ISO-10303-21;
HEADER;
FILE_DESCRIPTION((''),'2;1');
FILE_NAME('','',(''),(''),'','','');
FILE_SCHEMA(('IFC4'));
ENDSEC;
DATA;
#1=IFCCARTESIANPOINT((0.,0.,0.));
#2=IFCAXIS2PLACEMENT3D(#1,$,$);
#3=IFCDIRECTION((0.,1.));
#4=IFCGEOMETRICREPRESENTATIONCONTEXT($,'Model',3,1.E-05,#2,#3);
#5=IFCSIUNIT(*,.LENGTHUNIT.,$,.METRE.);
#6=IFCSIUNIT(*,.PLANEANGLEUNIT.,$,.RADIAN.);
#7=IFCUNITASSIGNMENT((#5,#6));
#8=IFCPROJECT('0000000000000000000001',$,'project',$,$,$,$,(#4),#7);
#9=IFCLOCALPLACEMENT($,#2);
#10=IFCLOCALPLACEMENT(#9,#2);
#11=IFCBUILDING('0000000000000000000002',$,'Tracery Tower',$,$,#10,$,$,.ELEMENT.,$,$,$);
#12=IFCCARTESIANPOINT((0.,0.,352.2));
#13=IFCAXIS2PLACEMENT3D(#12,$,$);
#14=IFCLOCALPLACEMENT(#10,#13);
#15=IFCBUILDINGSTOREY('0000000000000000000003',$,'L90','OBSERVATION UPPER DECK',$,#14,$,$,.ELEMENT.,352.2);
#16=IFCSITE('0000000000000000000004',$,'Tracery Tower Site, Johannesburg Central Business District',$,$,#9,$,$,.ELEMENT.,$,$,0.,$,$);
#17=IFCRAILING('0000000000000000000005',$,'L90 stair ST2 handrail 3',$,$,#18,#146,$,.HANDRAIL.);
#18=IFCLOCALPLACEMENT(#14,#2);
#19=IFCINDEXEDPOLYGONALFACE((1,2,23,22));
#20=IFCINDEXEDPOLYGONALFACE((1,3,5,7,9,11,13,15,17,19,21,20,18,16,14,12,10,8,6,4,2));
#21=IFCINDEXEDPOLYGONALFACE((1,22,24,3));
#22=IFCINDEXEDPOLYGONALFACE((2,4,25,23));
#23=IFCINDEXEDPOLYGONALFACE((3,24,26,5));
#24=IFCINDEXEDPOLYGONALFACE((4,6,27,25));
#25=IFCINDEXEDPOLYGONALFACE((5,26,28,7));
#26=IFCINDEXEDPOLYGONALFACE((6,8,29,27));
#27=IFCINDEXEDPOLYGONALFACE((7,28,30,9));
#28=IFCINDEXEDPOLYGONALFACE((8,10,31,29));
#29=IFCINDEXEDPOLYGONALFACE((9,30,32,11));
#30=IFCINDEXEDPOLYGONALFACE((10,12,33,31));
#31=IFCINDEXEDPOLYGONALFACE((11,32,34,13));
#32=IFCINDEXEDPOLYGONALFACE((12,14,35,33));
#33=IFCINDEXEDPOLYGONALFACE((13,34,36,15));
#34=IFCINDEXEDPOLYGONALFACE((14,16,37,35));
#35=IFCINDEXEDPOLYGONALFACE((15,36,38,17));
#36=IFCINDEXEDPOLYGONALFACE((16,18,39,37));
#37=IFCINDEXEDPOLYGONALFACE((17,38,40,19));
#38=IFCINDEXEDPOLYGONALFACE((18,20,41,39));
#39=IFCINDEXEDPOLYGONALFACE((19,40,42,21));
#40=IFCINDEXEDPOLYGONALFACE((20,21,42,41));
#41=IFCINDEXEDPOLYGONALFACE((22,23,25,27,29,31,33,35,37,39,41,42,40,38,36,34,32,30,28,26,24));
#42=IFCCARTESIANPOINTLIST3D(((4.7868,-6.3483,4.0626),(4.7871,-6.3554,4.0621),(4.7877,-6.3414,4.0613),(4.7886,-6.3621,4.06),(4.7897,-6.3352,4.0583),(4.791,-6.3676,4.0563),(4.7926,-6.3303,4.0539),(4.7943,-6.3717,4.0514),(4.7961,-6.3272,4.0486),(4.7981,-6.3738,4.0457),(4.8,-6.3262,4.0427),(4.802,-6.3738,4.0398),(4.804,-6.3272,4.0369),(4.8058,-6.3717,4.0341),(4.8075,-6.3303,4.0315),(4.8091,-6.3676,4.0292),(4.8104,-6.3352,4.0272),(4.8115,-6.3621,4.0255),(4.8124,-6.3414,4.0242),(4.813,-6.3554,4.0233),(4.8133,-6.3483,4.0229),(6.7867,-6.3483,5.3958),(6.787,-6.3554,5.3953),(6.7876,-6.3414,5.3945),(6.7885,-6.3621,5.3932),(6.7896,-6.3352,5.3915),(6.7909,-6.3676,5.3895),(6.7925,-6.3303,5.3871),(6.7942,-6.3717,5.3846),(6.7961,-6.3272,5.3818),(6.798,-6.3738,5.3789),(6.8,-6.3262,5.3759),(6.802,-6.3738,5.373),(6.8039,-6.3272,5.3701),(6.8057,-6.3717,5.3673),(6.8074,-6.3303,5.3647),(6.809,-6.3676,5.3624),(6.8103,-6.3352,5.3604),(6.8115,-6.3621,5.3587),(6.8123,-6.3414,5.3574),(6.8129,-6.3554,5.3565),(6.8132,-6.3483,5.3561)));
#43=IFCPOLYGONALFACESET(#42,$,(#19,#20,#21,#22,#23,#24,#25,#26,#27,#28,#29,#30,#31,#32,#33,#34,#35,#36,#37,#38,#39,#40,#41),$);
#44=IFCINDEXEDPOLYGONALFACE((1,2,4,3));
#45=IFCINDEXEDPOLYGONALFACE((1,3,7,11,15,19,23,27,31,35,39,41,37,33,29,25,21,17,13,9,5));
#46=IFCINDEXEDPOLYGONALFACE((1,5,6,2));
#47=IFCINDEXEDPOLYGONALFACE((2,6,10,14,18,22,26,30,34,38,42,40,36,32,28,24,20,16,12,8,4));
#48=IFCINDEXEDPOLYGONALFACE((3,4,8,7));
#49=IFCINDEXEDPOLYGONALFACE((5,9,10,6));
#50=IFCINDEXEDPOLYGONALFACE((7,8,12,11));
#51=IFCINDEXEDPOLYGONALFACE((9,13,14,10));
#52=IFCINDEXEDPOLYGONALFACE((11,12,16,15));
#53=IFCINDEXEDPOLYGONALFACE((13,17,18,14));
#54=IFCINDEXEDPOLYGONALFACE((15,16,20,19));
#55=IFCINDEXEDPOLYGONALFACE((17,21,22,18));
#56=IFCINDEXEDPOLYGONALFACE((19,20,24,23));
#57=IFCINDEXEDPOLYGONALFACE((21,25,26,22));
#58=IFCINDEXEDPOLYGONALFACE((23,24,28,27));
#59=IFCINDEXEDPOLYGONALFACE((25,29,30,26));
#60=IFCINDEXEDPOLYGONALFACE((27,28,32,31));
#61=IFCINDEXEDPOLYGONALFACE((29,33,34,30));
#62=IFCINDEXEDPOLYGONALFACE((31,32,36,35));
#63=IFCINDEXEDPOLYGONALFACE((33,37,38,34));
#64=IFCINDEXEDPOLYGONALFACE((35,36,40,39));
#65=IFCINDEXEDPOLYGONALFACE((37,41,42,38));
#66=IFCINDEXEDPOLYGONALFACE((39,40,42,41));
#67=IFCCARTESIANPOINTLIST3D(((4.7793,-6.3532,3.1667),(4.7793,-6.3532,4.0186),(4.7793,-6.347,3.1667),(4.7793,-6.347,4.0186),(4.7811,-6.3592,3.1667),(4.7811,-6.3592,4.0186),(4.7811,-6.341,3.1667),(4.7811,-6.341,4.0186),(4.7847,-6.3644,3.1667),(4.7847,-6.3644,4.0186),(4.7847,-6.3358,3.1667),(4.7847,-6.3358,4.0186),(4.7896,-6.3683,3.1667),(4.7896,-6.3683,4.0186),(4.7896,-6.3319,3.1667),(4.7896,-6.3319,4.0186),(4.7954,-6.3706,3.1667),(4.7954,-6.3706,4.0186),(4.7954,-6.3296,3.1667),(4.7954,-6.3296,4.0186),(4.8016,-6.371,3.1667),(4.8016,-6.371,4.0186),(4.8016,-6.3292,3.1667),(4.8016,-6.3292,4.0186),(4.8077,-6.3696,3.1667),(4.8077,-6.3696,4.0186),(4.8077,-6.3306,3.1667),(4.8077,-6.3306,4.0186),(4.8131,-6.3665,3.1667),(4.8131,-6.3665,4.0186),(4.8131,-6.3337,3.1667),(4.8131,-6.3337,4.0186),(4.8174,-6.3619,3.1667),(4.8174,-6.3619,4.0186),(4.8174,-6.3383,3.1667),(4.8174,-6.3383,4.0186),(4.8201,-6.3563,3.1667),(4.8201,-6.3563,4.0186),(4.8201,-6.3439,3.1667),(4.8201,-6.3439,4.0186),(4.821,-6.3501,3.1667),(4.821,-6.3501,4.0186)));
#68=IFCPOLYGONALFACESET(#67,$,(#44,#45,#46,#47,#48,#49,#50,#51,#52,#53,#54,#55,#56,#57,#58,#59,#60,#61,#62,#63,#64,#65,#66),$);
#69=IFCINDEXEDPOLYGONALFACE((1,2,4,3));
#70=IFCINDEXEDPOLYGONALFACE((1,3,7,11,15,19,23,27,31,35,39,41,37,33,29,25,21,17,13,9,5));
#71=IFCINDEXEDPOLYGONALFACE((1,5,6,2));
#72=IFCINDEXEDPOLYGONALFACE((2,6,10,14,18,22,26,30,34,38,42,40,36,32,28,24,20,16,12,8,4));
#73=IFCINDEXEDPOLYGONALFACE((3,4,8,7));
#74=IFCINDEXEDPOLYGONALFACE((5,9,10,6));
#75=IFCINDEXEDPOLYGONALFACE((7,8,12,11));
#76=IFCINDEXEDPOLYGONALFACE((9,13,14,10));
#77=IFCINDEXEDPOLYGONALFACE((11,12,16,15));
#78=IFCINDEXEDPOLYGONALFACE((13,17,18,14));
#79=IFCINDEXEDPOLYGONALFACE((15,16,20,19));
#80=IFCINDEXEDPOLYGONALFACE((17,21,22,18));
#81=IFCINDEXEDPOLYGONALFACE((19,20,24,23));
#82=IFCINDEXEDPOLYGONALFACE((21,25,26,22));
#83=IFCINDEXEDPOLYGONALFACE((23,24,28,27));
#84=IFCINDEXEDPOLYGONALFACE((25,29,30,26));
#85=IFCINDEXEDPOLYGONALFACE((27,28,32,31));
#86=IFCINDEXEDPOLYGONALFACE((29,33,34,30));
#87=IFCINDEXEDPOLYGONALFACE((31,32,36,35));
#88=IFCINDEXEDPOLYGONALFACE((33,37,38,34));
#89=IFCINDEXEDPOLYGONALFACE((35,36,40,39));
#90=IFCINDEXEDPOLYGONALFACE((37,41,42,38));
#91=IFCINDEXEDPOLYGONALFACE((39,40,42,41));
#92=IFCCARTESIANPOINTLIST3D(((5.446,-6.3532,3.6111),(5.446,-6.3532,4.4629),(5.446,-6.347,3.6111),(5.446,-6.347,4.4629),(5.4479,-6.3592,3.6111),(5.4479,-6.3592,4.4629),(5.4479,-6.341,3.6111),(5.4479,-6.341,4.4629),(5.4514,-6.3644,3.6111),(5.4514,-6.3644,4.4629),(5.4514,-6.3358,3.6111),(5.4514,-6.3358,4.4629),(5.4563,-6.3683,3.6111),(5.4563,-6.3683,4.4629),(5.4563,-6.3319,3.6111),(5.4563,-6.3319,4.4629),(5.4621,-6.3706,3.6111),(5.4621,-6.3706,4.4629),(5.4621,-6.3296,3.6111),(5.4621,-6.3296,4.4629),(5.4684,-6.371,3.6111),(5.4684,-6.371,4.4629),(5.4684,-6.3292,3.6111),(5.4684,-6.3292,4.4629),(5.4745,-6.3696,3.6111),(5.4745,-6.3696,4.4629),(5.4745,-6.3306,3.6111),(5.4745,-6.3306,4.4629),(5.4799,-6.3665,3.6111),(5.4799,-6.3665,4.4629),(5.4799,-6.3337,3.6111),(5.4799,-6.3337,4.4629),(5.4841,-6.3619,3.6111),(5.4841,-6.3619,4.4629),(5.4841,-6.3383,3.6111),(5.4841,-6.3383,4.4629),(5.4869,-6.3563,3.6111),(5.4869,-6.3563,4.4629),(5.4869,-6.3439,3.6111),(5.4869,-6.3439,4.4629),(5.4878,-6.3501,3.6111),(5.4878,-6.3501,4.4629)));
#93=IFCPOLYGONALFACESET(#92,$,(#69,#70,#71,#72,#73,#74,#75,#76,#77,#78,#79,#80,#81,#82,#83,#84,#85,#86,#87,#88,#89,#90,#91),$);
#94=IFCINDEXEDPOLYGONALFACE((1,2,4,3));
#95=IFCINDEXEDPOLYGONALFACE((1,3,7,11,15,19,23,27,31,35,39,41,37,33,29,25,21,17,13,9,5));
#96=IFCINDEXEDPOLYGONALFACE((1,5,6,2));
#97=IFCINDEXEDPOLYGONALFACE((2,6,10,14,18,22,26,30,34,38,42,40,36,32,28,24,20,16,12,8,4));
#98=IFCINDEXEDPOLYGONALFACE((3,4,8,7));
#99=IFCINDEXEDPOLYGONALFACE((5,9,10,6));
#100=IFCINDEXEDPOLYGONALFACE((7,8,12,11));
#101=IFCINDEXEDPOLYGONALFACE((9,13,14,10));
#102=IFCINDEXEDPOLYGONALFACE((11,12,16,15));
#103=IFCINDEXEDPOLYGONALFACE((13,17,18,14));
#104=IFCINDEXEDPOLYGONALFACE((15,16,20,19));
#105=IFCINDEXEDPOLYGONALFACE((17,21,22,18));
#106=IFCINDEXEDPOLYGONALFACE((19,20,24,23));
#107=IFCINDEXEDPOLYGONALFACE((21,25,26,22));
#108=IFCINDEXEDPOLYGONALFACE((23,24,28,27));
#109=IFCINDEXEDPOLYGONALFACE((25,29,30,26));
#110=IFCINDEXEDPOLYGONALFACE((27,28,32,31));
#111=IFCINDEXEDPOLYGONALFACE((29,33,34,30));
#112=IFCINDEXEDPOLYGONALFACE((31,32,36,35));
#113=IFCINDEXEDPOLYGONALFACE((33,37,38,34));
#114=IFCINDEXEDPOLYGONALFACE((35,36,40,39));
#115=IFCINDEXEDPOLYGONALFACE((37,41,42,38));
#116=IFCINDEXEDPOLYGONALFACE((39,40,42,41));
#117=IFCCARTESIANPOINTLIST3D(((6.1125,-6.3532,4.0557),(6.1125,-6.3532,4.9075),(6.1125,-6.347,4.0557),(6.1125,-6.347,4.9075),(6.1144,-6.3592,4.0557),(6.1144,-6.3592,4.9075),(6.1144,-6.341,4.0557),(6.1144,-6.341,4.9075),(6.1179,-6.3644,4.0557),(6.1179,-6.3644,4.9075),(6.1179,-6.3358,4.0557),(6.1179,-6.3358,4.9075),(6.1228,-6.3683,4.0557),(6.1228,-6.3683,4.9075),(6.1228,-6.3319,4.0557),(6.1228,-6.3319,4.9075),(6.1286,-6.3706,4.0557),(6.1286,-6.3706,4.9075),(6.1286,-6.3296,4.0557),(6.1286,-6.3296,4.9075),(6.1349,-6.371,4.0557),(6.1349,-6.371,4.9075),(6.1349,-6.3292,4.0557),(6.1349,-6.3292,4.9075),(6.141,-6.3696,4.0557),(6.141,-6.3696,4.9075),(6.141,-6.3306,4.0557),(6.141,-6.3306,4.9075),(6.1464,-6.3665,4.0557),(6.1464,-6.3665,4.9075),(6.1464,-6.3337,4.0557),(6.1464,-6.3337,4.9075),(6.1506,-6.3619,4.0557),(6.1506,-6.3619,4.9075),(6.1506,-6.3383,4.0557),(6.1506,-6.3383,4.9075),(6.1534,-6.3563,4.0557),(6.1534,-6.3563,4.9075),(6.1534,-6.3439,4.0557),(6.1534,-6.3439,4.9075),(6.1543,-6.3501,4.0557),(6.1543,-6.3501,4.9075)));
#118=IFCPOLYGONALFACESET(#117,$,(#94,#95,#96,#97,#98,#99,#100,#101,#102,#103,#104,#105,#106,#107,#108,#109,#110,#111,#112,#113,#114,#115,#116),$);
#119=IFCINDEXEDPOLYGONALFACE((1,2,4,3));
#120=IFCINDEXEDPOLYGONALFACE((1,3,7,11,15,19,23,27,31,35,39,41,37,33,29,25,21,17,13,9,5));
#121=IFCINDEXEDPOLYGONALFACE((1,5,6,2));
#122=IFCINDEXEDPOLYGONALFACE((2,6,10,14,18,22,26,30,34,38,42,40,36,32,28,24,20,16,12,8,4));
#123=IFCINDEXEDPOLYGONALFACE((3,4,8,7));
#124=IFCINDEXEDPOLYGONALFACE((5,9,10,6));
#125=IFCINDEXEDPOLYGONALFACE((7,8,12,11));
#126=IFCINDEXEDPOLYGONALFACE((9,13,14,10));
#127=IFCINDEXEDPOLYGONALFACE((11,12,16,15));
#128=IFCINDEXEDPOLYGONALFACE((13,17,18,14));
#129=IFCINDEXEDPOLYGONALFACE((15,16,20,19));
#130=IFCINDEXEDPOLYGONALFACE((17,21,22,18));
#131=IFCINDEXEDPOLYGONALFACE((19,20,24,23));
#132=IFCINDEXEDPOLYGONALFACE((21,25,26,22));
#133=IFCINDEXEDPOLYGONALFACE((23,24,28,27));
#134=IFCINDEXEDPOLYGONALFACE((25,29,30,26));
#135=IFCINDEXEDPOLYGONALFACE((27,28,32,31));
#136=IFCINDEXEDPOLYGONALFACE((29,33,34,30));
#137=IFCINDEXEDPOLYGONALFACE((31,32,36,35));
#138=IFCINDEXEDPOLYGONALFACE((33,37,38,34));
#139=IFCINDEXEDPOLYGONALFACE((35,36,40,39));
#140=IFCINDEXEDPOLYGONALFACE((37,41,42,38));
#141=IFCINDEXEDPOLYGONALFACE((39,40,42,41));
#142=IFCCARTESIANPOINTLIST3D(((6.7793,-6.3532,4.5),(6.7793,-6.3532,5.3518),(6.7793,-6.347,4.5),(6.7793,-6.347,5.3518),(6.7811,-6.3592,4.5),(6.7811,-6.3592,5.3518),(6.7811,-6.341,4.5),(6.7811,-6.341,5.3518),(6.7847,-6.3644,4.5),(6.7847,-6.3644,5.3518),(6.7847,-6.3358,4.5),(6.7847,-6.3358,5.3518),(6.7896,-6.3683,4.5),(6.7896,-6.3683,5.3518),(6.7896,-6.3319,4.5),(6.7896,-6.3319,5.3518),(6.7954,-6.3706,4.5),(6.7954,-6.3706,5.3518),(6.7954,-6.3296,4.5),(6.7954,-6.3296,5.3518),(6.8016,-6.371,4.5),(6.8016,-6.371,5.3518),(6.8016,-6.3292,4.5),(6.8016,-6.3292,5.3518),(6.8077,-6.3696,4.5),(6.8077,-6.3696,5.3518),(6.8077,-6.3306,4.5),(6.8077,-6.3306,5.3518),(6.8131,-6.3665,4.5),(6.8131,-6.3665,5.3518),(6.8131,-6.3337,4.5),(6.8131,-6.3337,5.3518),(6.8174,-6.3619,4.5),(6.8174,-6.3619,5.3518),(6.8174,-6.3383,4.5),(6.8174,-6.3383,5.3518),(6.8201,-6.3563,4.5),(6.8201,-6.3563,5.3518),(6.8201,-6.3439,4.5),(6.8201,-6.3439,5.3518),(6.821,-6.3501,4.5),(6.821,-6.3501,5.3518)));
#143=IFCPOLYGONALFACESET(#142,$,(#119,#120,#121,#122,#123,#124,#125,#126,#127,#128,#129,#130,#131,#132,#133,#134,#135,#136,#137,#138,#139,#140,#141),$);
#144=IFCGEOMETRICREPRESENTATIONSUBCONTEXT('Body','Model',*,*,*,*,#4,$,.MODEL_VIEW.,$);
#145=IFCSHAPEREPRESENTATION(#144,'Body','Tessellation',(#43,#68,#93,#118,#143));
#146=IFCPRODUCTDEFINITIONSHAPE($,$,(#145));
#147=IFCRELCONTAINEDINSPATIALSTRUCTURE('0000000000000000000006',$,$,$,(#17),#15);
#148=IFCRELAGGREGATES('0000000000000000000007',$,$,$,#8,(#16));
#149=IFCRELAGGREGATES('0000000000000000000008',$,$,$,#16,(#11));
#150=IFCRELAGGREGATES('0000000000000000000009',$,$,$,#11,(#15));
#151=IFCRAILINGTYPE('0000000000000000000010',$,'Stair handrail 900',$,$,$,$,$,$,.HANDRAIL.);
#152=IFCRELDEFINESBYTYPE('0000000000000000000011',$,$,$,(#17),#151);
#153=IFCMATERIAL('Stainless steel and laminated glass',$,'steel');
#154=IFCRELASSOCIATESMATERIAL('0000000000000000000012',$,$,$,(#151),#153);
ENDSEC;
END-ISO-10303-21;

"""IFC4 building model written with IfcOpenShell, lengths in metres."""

from ifc_helpers import new_model, si_unit, direction, frame, origin, origin_2d, place, context, subcontext, project, spatial, circle, extrude, material, type_object, element, save


model = new_model("IFC4")

# Units and contexts
model_context = context("Model", 3, precision=1e-05, world=origin(), true_north=direction((0.0, 1.0)))
body_context = subcontext(model_context, "Body", "Model", "MODEL_VIEW")
ifc_project = project(units=[si_unit("LENGTHUNIT", "METRE"), si_unit("PLANEANGLEUNIT", "RADIAN")], contexts=[model_context])

# Site, building, storey
site_placement = place(None, origin())
site = spatial("IfcSite", under=ifc_project, at=site_placement, Name="Tracery Tower Site, Johannesburg Central Business District", CompositionType="ELEMENT", RefElevation=0.0)
building_placement = place(site_placement, origin())
building = spatial("IfcBuilding", under=site, at=building_placement, Name="Tracery Tower", CompositionType="ELEMENT")
storey_placement = place(building_placement, frame((0.0, 0.0, 352.2)))
storey = spatial("IfcBuildingStorey", under=building, at=storey_placement, Name="L90", Description="OBSERVATION UPPER DECK", CompositionType="ELEMENT", Elevation=352.2)

# Railing
ifc_material_1 = material(Name="Stainless steel and laminated glass", Category="steel")
railing_type_1 = type_object("IfcRailingType", Name="Stair handrail 900", PredefinedType="HANDRAIL", material=ifc_material_1)
railing_1_placement = place(storey_placement, frame((4.8, -6.3501, 3.1667)))
element("IfcRailing", 1, at=railing_1_placement, inside=storey, type_object=railing_type_1, Name="L90 stair ST2 handrail 3", PredefinedType="HANDRAIL", context=body_context, shape_type="SweptSolid", body=[
    extrude(circle(Radius=0.0239, at=origin_2d()), frame((0.0, 0.0, 0.876), z_axis=(0.832066, 0.0, 0.554677), x_axis=(0.0, 1.0, 0.0)), (0.0, 0.0, 1.0), 2.4036),
    extrude(circle(Radius=0.021, at=origin_2d()), origin(), (0.0, 0.0, 1.0), 0.8518),
    extrude(circle(Radius=0.021, at=origin_2d()), frame((0.6667, 0.0, 0.4443)), (0.0, 0.0, 1.0), 0.8518),
    extrude(circle(Radius=0.021, at=origin_2d()), frame((1.3333, 0.0, 0.8889)), (0.0, 0.0, 1.0), 0.8518),
    extrude(circle(Radius=0.021, at=origin_2d()), frame((2.0, 0.0, 1.3333)), (0.0, 0.0, 1.0), 0.8518),
])

save(model, "model.ifc")
